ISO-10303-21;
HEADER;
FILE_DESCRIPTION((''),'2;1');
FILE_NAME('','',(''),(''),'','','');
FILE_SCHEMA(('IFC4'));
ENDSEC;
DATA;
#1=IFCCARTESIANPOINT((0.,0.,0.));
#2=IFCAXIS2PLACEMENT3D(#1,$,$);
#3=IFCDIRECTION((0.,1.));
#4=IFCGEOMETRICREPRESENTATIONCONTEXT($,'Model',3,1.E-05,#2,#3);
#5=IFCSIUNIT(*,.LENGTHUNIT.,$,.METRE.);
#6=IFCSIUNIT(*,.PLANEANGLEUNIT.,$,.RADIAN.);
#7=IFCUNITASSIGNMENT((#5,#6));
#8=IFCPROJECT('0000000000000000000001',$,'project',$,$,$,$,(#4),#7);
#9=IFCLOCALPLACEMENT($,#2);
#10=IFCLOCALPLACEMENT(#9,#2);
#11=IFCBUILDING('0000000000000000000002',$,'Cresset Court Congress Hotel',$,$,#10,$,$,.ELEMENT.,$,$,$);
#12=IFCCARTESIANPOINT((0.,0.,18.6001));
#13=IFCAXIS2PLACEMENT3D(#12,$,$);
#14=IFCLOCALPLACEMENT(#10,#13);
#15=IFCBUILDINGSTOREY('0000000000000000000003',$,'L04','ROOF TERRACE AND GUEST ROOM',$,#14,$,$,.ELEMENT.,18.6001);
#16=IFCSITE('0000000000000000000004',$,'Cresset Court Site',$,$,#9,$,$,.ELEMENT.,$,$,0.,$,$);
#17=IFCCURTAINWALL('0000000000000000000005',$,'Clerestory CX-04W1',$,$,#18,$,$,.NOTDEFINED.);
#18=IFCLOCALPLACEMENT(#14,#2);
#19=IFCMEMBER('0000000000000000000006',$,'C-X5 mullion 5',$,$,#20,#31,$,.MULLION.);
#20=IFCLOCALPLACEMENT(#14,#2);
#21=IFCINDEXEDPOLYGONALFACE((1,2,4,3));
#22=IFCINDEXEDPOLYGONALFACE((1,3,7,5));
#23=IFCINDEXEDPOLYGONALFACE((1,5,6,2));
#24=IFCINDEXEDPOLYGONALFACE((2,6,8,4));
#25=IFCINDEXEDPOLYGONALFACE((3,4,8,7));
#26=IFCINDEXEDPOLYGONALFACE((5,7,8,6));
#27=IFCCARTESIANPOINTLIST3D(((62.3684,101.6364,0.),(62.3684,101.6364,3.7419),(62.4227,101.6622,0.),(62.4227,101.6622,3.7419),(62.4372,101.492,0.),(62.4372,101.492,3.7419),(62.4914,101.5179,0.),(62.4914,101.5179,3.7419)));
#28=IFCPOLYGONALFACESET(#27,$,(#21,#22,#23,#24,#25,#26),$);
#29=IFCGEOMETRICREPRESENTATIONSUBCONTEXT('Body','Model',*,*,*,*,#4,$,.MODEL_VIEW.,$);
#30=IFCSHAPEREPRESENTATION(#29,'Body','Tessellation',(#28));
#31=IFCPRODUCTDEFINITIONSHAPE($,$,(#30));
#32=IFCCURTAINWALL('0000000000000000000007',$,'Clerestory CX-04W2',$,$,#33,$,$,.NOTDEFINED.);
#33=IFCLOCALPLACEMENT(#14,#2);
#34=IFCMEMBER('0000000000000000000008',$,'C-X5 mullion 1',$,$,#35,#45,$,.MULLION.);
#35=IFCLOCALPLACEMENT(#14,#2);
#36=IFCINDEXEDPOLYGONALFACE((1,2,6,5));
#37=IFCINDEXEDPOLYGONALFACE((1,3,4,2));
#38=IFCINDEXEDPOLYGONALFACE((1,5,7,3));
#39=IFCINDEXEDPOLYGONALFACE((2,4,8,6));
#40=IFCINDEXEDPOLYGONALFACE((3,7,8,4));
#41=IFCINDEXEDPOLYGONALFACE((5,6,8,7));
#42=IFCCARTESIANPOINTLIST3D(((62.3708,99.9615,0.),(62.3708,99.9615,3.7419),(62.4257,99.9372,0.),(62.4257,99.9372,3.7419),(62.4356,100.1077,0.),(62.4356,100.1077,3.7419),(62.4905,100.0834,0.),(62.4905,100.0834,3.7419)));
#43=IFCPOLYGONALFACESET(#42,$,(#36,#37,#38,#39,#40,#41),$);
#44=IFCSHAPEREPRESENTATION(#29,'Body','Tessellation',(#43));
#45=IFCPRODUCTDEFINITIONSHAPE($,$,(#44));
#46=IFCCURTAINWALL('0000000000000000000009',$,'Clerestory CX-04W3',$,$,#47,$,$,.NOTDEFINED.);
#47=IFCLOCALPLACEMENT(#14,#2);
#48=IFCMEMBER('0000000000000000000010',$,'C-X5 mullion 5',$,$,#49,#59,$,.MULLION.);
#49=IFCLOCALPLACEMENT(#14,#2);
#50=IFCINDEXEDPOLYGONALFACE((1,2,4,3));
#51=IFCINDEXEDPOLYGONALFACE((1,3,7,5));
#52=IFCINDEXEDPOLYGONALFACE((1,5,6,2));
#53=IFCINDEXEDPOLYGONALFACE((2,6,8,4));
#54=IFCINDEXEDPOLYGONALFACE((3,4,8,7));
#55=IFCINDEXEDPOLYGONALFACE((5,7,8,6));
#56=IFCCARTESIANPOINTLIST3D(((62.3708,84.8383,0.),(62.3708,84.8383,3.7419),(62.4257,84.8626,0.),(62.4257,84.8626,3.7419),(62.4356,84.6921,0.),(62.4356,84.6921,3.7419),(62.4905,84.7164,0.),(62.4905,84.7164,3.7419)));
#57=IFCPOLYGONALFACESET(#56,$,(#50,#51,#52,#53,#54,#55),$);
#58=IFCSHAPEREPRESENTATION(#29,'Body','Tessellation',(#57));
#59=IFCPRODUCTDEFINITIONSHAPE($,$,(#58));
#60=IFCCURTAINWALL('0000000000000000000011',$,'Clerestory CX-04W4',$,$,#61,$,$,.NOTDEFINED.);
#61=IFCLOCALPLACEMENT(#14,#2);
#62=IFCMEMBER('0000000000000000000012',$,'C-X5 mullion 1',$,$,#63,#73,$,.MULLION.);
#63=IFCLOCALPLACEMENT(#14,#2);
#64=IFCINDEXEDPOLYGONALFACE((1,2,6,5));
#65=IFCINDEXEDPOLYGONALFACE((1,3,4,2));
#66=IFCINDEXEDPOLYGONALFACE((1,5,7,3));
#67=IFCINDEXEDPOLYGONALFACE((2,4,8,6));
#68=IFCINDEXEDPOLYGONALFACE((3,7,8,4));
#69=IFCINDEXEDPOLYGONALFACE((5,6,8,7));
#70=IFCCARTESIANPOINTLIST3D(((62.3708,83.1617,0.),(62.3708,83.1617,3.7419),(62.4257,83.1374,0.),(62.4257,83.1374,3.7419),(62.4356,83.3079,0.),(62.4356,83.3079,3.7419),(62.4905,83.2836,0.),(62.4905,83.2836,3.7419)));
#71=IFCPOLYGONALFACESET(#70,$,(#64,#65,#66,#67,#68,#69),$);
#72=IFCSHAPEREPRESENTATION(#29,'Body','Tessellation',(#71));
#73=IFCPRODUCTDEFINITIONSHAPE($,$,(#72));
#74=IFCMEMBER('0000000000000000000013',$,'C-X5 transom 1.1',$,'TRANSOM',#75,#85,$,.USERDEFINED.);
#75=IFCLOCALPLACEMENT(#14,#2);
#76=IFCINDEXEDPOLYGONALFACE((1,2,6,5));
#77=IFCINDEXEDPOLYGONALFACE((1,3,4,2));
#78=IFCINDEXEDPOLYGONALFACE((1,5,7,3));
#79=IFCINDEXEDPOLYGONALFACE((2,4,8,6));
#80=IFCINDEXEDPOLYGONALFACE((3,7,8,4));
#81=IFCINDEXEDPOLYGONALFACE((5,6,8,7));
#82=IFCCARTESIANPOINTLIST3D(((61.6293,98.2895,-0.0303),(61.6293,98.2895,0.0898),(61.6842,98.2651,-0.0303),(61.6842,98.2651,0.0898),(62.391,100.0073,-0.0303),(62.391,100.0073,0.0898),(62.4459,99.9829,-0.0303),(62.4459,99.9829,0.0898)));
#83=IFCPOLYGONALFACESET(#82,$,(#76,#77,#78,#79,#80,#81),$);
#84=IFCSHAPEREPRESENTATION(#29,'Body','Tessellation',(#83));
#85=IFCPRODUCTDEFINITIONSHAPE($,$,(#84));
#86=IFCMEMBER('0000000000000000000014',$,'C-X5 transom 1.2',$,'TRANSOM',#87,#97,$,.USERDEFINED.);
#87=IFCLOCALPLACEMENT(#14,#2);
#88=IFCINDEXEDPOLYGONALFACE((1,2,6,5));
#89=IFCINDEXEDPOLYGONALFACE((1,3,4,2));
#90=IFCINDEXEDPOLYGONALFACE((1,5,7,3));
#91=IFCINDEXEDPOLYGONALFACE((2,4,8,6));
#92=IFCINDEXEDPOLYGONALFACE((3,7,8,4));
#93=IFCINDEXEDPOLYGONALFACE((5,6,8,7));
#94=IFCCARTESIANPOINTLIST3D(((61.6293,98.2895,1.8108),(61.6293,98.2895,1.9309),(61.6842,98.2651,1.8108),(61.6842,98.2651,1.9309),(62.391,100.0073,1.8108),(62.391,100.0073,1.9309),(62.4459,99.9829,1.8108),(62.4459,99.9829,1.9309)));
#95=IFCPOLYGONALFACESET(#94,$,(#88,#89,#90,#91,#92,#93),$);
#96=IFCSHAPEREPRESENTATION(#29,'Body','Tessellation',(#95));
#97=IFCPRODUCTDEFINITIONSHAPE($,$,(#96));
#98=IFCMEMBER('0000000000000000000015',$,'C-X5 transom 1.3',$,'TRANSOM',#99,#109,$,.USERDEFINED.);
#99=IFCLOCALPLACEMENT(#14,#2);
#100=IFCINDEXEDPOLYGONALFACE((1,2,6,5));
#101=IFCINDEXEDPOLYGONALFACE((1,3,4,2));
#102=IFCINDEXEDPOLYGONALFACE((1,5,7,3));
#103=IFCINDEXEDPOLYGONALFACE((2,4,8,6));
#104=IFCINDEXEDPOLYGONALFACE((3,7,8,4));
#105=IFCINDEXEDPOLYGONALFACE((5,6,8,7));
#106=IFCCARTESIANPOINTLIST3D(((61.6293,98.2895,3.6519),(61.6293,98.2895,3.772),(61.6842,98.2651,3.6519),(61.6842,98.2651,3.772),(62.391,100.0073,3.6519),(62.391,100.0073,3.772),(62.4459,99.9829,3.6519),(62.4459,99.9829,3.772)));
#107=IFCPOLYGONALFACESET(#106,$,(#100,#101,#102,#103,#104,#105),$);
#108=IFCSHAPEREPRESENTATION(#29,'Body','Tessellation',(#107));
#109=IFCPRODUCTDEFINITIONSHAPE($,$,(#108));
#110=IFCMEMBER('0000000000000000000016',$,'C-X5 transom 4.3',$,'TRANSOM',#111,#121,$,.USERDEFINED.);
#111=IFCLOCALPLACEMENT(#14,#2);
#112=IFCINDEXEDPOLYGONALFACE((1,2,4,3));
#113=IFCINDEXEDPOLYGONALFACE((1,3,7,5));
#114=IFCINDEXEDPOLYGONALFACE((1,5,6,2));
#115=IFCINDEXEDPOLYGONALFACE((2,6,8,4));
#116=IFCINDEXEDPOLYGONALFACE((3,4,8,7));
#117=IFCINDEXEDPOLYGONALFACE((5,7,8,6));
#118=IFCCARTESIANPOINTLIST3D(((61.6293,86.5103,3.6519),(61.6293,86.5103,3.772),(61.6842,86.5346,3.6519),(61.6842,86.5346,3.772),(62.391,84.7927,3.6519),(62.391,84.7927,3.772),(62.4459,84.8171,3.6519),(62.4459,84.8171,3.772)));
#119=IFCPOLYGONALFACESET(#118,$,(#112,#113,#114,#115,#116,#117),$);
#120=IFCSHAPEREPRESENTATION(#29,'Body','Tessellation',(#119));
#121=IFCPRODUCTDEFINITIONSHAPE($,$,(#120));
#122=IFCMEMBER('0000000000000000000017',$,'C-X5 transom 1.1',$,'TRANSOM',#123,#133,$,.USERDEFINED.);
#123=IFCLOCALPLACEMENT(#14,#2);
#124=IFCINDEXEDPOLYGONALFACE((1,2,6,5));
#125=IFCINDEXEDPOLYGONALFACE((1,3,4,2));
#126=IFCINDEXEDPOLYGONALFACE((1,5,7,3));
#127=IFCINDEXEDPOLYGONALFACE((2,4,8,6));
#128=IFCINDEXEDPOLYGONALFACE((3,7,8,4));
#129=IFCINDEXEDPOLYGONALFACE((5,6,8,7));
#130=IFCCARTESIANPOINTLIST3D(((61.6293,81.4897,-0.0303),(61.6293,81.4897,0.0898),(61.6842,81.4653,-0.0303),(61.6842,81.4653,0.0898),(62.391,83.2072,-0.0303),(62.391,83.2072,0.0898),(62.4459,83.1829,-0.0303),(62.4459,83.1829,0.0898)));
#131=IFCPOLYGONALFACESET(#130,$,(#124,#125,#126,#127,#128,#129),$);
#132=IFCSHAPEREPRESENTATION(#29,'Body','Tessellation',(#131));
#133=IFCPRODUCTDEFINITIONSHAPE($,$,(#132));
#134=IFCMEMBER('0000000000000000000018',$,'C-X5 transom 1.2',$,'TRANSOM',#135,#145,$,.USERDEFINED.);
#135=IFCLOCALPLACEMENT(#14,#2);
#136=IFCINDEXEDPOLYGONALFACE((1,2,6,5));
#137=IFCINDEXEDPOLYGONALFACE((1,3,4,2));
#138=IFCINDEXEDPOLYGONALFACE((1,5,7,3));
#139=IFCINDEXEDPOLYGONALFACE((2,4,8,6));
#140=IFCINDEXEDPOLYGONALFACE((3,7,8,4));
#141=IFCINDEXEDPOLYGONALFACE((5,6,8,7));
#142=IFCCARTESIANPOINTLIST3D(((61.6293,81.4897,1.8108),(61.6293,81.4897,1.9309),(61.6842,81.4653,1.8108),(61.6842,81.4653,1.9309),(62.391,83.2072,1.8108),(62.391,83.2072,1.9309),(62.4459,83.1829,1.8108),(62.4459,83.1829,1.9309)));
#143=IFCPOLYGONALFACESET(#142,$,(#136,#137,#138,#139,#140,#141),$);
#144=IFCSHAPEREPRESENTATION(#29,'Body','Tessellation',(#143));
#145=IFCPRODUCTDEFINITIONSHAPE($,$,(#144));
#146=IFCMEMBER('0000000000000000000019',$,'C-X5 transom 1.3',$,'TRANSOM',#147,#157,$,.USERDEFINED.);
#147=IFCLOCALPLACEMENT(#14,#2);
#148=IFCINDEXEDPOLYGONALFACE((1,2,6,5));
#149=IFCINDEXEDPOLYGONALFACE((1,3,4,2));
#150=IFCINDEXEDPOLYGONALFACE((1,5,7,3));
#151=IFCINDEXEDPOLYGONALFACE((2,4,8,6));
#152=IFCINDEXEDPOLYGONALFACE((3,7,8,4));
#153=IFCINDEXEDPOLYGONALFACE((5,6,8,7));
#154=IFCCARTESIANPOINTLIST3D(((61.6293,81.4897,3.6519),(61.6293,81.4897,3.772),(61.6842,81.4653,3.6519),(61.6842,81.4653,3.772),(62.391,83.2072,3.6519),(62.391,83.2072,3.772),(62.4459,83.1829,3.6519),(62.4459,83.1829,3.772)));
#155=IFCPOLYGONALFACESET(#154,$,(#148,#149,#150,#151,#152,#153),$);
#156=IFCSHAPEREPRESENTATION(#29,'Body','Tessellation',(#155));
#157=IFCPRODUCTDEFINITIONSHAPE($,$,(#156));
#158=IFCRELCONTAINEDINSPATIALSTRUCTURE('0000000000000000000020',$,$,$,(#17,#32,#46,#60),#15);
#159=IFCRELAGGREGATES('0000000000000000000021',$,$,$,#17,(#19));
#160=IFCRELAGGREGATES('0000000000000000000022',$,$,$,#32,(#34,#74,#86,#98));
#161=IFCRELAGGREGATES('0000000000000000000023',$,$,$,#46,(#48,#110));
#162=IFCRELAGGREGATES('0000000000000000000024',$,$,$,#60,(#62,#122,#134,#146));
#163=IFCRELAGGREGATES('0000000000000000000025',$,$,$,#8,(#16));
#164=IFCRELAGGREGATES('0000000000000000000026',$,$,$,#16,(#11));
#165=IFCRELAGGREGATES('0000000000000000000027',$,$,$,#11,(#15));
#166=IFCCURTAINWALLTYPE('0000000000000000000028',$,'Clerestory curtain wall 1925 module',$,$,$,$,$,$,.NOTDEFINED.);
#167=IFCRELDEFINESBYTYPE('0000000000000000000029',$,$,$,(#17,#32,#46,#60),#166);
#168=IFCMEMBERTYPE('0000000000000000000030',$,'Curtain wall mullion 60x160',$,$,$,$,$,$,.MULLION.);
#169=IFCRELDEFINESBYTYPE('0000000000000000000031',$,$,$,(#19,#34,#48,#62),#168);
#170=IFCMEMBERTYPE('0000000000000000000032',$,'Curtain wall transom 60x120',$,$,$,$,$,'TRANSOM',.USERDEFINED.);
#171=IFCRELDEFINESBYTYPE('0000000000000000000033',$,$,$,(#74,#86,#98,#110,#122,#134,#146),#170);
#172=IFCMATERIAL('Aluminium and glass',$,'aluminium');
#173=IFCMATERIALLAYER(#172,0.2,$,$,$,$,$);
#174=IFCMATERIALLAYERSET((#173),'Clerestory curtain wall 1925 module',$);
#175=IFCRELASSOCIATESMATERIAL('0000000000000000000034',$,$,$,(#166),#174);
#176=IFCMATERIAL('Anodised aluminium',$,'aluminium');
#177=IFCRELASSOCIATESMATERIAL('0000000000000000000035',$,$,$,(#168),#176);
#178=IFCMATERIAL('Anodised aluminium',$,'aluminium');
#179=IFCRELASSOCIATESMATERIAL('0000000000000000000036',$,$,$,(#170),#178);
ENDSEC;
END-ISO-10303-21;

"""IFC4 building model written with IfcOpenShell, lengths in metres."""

from ifc_helpers import new_model, si_unit, direction, frame, origin, origin_2d, place, context, subcontext, project, spatial, rectangle, extrude, material, layer, layer_set, material_profile, profile_set, type_object, element, aggregate, save


model = new_model("IFC4")

# Units and contexts
model_context = context("Model", 3, precision=1e-05, world=origin(), true_north=direction((0.0, 1.0)))
body_context = subcontext(model_context, "Body", "Model", "MODEL_VIEW")
ifc_project = project(units=[si_unit("LENGTHUNIT", "METRE"), si_unit("PLANEANGLEUNIT", "RADIAN")], contexts=[model_context])

# Site, building, storey
site_placement = place(None, origin())
site = spatial("IfcSite", under=ifc_project, at=site_placement, Name="Cresset Court Site", CompositionType="ELEMENT", RefElevation=0.0)
building_placement = place(site_placement, origin())
building = spatial("IfcBuilding", under=site, at=building_placement, Name="Cresset Court Congress Hotel", CompositionType="ELEMENT")
storey_placement = place(building_placement, frame((0.0, 0.0, 18.6001)))
storey = spatial("IfcBuildingStorey", under=building, at=storey_placement, Name="L04", Description="ROOF TERRACE AND GUEST ROOM", CompositionType="ELEMENT", Elevation=18.6001)

# Curtain walls, members
ifc_material_1 = material(Name="Aluminium and glass", Category="aluminium")
ifc_layer_1 = layer(ifc_material_1, 0.2)
ifc_layer_set_1 = layer_set([ifc_layer_1], Name="Clerestory curtain wall 1925 module")
curtain_wall_type = type_object("IfcCurtainWallType", Name="Clerestory curtain wall 1925 module", PredefinedType="NOTDEFINED", material=ifc_layer_set_1)
curtain_wall_1_placement = place(storey_placement, origin())
curtain_wall_1 = element("IfcCurtainWall", 1, at=curtain_wall_1_placement, inside=storey, type_object=curtain_wall_type, Name="Clerestory CX-04W1", PredefinedType="NOTDEFINED")
ifc_material_2 = material(Name="Anodised aluminium", Category="aluminium")
ifc_material_profile_1 = material_profile(ifc_material_2, rectangle(XDim=0.0601, YDim=0.1599, at=origin_2d()), Name="AL60x160")
ifc_profile_set_1 = profile_set([ifc_material_profile_1], Name="Anodised aluminium")
member_type_1 = type_object("IfcMemberType", Name="Curtain wall mullion 60x160", PredefinedType="MULLION", material=ifc_profile_set_1)
member_1_placement = place(storey_placement, frame((62.4299, 101.5771, 0.0), z_axis=(0.0, 0.0, 1.0), x_axis=(0.902861, 0.429934, 0.0)))
member_1 = element("IfcMember", 2, at=member_1_placement, type_object=member_type_1, Name="C-X5 mullion 5", PredefinedType="MULLION", context=body_context, shape_type="SweptSolid", body=[
    extrude(rectangle(XDim=0.0601, YDim=0.1599, at=origin_2d()), origin(), (0.0, 0.0, 1.0), 3.7419),
])
curtain_wall_2_placement = place(storey_placement, origin())
curtain_wall_2 = element("IfcCurtainWall", 3, at=curtain_wall_2_placement, inside=storey, type_object=curtain_wall_type, Name="Clerestory CX-04W2", PredefinedType="NOTDEFINED")
member_2_placement = place(storey_placement, frame((62.4307, 100.0225, 0.0), z_axis=(0.0, 0.0, 1.0), x_axis=(0.914148, -0.405381, 0.0)))
member_2 = element("IfcMember", 4, at=member_2_placement, type_object=member_type_1, Name="C-X5 mullion 1", PredefinedType="MULLION", context=body_context, shape_type="SweptSolid", body=[
    extrude(rectangle(XDim=0.0601, YDim=0.1599, at=origin_2d()), origin(), (0.0, 0.0, 1.0), 3.7419),
])
curtain_wall_3_placement = place(storey_placement, origin())
curtain_wall_3 = element("IfcCurtainWall", 5, at=curtain_wall_3_placement, inside=storey, type_object=curtain_wall_type, Name="Clerestory CX-04W3", PredefinedType="NOTDEFINED")
member_3_placement = place(storey_placement, frame((62.4307, 84.7773, 0.0), z_axis=(0.0, 0.0, 1.0), x_axis=(0.914148, 0.405381, 0.0)))
member_3 = element("IfcMember", 6, at=member_3_placement, type_object=member_type_1, Name="C-X5 mullion 5", PredefinedType="MULLION", context=body_context, shape_type="SweptSolid", body=[
    extrude(rectangle(XDim=0.0601, YDim=0.1599, at=origin_2d()), origin(), (0.0, 0.0, 1.0), 3.7419),
])
curtain_wall_4_placement = place(storey_placement, origin())
curtain_wall_4 = element("IfcCurtainWall", 7, at=curtain_wall_4_placement, inside=storey, type_object=curtain_wall_type, Name="Clerestory CX-04W4", PredefinedType="NOTDEFINED")
member_4_placement = place(storey_placement, frame((62.4307, 83.2227, 0.0), z_axis=(0.0, 0.0, 1.0), x_axis=(0.914148, -0.405381, 0.0)))
member_4 = element("IfcMember", 8, at=member_4_placement, type_object=member_type_1, Name="C-X5 mullion 1", PredefinedType="MULLION", context=body_context, shape_type="SweptSolid", body=[
    extrude(rectangle(XDim=0.0601, YDim=0.1599, at=origin_2d()), origin(), (0.0, 0.0, 1.0), 3.7419),
])

# Members
ifc_material_3 = material(Name="Anodised aluminium", Category="aluminium")
ifc_material_profile_2 = material_profile(ifc_material_3, rectangle(XDim=0.0601, YDim=0.1201, at=origin_2d()), Name="AL60x120")
ifc_profile_set_2 = profile_set([ifc_material_profile_2], Name="Anodised aluminium")
member_type_2 = type_object("IfcMemberType", Name="Curtain wall transom 60x120", ElementType="TRANSOM", PredefinedType="USERDEFINED", material=ifc_profile_set_2)
member_5_placement = place(storey_placement, frame((62.4185, 99.9951, 0.0298), z_axis=(-0.405367, -0.914154, 0.0), x_axis=(0.914154, -0.405367, 0.0)))
member_5 = element("IfcMember", 9, at=member_5_placement, type_object=member_type_2, Name="C-X5 transom 1.1", ObjectType="TRANSOM", PredefinedType="USERDEFINED", context=body_context, shape_type="SweptSolid", body=[
    extrude(rectangle(XDim=0.0601, YDim=0.1201, at=origin_2d()), origin(), (0.0, 0.0, 1.0), 1.8792),
])
member_6_placement = place(storey_placement, frame((62.4185, 99.9951, 1.8708), z_axis=(-0.405367, -0.914154, 0.0), x_axis=(0.914154, -0.405367, 0.0)))
member_6 = element("IfcMember", 10, at=member_6_placement, type_object=member_type_2, Name="C-X5 transom 1.2", ObjectType="TRANSOM", PredefinedType="USERDEFINED", context=body_context, shape_type="SweptSolid", body=[
    extrude(rectangle(XDim=0.0601, YDim=0.1201, at=origin_2d()), origin(), (0.0, 0.0, 1.0), 1.8792),
])
member_7_placement = place(storey_placement, frame((62.4185, 99.9951, 3.7119), z_axis=(-0.405367, -0.914154, 0.0), x_axis=(0.914154, -0.405367, 0.0)))
member_7 = element("IfcMember", 11, at=member_7_placement, type_object=member_type_2, Name="C-X5 transom 1.3", ObjectType="TRANSOM", PredefinedType="USERDEFINED", context=body_context, shape_type="SweptSolid", body=[
    extrude(rectangle(XDim=0.0601, YDim=0.1201, at=origin_2d()), origin(), (0.0, 0.0, 1.0), 1.8792),
])
member_8_placement = place(storey_placement, frame((61.6567, 86.5225, 3.7119), z_axis=(0.405415, -0.914133, 0.0), x_axis=(0.914133, 0.405415, 0.0)))
member_8 = element("IfcMember", 12, at=member_8_placement, type_object=member_type_2, Name="C-X5 transom 4.3", ObjectType="TRANSOM", PredefinedType="USERDEFINED", context=body_context, shape_type="SweptSolid", body=[
    extrude(rectangle(XDim=0.0601, YDim=0.1201, at=origin_2d()), origin(), (0.0, 0.0, 1.0), 1.8789),
])
member_9_placement = place(storey_placement, frame((62.4185, 83.1951, 0.0298), z_axis=(-0.405415, -0.914133, 0.0), x_axis=(0.914133, -0.405415, 0.0)))
member_9 = element("IfcMember", 13, at=member_9_placement, type_object=member_type_2, Name="C-X5 transom 1.1", ObjectType="TRANSOM", PredefinedType="USERDEFINED", context=body_context, shape_type="SweptSolid", body=[
    extrude(rectangle(XDim=0.0601, YDim=0.1201, at=origin_2d()), origin(), (0.0, 0.0, 1.0), 1.8789),
])
member_10_placement = place(storey_placement, frame((62.4185, 83.1951, 1.8708), z_axis=(-0.405415, -0.914133, 0.0), x_axis=(0.914133, -0.405415, 0.0)))
member_10 = element("IfcMember", 14, at=member_10_placement, type_object=member_type_2, Name="C-X5 transom 1.2", ObjectType="TRANSOM", PredefinedType="USERDEFINED", context=body_context, shape_type="SweptSolid", body=[
    extrude(rectangle(XDim=0.0601, YDim=0.1201, at=origin_2d()), origin(), (0.0, 0.0, 1.0), 1.8789),
])
member_11_placement = place(storey_placement, frame((62.4185, 83.1951, 3.7119), z_axis=(-0.405415, -0.914133, 0.0), x_axis=(0.914133, -0.405415, 0.0)))
member_11 = element("IfcMember", 15, at=member_11_placement, type_object=member_type_2, Name="C-X5 transom 1.3", ObjectType="TRANSOM", PredefinedType="USERDEFINED", context=body_context, shape_type="SweptSolid", body=[
    extrude(rectangle(XDim=0.0601, YDim=0.1201, at=origin_2d()), origin(), (0.0, 0.0, 1.0), 1.8789),
])

aggregate(curtain_wall_1, [member_1])
aggregate(curtain_wall_2, [member_2, member_5, member_6, member_7])
aggregate(curtain_wall_3, [member_3, member_8])
aggregate(curtain_wall_4, [member_4, member_9, member_10, member_11])

save(model, "model.ifc")
